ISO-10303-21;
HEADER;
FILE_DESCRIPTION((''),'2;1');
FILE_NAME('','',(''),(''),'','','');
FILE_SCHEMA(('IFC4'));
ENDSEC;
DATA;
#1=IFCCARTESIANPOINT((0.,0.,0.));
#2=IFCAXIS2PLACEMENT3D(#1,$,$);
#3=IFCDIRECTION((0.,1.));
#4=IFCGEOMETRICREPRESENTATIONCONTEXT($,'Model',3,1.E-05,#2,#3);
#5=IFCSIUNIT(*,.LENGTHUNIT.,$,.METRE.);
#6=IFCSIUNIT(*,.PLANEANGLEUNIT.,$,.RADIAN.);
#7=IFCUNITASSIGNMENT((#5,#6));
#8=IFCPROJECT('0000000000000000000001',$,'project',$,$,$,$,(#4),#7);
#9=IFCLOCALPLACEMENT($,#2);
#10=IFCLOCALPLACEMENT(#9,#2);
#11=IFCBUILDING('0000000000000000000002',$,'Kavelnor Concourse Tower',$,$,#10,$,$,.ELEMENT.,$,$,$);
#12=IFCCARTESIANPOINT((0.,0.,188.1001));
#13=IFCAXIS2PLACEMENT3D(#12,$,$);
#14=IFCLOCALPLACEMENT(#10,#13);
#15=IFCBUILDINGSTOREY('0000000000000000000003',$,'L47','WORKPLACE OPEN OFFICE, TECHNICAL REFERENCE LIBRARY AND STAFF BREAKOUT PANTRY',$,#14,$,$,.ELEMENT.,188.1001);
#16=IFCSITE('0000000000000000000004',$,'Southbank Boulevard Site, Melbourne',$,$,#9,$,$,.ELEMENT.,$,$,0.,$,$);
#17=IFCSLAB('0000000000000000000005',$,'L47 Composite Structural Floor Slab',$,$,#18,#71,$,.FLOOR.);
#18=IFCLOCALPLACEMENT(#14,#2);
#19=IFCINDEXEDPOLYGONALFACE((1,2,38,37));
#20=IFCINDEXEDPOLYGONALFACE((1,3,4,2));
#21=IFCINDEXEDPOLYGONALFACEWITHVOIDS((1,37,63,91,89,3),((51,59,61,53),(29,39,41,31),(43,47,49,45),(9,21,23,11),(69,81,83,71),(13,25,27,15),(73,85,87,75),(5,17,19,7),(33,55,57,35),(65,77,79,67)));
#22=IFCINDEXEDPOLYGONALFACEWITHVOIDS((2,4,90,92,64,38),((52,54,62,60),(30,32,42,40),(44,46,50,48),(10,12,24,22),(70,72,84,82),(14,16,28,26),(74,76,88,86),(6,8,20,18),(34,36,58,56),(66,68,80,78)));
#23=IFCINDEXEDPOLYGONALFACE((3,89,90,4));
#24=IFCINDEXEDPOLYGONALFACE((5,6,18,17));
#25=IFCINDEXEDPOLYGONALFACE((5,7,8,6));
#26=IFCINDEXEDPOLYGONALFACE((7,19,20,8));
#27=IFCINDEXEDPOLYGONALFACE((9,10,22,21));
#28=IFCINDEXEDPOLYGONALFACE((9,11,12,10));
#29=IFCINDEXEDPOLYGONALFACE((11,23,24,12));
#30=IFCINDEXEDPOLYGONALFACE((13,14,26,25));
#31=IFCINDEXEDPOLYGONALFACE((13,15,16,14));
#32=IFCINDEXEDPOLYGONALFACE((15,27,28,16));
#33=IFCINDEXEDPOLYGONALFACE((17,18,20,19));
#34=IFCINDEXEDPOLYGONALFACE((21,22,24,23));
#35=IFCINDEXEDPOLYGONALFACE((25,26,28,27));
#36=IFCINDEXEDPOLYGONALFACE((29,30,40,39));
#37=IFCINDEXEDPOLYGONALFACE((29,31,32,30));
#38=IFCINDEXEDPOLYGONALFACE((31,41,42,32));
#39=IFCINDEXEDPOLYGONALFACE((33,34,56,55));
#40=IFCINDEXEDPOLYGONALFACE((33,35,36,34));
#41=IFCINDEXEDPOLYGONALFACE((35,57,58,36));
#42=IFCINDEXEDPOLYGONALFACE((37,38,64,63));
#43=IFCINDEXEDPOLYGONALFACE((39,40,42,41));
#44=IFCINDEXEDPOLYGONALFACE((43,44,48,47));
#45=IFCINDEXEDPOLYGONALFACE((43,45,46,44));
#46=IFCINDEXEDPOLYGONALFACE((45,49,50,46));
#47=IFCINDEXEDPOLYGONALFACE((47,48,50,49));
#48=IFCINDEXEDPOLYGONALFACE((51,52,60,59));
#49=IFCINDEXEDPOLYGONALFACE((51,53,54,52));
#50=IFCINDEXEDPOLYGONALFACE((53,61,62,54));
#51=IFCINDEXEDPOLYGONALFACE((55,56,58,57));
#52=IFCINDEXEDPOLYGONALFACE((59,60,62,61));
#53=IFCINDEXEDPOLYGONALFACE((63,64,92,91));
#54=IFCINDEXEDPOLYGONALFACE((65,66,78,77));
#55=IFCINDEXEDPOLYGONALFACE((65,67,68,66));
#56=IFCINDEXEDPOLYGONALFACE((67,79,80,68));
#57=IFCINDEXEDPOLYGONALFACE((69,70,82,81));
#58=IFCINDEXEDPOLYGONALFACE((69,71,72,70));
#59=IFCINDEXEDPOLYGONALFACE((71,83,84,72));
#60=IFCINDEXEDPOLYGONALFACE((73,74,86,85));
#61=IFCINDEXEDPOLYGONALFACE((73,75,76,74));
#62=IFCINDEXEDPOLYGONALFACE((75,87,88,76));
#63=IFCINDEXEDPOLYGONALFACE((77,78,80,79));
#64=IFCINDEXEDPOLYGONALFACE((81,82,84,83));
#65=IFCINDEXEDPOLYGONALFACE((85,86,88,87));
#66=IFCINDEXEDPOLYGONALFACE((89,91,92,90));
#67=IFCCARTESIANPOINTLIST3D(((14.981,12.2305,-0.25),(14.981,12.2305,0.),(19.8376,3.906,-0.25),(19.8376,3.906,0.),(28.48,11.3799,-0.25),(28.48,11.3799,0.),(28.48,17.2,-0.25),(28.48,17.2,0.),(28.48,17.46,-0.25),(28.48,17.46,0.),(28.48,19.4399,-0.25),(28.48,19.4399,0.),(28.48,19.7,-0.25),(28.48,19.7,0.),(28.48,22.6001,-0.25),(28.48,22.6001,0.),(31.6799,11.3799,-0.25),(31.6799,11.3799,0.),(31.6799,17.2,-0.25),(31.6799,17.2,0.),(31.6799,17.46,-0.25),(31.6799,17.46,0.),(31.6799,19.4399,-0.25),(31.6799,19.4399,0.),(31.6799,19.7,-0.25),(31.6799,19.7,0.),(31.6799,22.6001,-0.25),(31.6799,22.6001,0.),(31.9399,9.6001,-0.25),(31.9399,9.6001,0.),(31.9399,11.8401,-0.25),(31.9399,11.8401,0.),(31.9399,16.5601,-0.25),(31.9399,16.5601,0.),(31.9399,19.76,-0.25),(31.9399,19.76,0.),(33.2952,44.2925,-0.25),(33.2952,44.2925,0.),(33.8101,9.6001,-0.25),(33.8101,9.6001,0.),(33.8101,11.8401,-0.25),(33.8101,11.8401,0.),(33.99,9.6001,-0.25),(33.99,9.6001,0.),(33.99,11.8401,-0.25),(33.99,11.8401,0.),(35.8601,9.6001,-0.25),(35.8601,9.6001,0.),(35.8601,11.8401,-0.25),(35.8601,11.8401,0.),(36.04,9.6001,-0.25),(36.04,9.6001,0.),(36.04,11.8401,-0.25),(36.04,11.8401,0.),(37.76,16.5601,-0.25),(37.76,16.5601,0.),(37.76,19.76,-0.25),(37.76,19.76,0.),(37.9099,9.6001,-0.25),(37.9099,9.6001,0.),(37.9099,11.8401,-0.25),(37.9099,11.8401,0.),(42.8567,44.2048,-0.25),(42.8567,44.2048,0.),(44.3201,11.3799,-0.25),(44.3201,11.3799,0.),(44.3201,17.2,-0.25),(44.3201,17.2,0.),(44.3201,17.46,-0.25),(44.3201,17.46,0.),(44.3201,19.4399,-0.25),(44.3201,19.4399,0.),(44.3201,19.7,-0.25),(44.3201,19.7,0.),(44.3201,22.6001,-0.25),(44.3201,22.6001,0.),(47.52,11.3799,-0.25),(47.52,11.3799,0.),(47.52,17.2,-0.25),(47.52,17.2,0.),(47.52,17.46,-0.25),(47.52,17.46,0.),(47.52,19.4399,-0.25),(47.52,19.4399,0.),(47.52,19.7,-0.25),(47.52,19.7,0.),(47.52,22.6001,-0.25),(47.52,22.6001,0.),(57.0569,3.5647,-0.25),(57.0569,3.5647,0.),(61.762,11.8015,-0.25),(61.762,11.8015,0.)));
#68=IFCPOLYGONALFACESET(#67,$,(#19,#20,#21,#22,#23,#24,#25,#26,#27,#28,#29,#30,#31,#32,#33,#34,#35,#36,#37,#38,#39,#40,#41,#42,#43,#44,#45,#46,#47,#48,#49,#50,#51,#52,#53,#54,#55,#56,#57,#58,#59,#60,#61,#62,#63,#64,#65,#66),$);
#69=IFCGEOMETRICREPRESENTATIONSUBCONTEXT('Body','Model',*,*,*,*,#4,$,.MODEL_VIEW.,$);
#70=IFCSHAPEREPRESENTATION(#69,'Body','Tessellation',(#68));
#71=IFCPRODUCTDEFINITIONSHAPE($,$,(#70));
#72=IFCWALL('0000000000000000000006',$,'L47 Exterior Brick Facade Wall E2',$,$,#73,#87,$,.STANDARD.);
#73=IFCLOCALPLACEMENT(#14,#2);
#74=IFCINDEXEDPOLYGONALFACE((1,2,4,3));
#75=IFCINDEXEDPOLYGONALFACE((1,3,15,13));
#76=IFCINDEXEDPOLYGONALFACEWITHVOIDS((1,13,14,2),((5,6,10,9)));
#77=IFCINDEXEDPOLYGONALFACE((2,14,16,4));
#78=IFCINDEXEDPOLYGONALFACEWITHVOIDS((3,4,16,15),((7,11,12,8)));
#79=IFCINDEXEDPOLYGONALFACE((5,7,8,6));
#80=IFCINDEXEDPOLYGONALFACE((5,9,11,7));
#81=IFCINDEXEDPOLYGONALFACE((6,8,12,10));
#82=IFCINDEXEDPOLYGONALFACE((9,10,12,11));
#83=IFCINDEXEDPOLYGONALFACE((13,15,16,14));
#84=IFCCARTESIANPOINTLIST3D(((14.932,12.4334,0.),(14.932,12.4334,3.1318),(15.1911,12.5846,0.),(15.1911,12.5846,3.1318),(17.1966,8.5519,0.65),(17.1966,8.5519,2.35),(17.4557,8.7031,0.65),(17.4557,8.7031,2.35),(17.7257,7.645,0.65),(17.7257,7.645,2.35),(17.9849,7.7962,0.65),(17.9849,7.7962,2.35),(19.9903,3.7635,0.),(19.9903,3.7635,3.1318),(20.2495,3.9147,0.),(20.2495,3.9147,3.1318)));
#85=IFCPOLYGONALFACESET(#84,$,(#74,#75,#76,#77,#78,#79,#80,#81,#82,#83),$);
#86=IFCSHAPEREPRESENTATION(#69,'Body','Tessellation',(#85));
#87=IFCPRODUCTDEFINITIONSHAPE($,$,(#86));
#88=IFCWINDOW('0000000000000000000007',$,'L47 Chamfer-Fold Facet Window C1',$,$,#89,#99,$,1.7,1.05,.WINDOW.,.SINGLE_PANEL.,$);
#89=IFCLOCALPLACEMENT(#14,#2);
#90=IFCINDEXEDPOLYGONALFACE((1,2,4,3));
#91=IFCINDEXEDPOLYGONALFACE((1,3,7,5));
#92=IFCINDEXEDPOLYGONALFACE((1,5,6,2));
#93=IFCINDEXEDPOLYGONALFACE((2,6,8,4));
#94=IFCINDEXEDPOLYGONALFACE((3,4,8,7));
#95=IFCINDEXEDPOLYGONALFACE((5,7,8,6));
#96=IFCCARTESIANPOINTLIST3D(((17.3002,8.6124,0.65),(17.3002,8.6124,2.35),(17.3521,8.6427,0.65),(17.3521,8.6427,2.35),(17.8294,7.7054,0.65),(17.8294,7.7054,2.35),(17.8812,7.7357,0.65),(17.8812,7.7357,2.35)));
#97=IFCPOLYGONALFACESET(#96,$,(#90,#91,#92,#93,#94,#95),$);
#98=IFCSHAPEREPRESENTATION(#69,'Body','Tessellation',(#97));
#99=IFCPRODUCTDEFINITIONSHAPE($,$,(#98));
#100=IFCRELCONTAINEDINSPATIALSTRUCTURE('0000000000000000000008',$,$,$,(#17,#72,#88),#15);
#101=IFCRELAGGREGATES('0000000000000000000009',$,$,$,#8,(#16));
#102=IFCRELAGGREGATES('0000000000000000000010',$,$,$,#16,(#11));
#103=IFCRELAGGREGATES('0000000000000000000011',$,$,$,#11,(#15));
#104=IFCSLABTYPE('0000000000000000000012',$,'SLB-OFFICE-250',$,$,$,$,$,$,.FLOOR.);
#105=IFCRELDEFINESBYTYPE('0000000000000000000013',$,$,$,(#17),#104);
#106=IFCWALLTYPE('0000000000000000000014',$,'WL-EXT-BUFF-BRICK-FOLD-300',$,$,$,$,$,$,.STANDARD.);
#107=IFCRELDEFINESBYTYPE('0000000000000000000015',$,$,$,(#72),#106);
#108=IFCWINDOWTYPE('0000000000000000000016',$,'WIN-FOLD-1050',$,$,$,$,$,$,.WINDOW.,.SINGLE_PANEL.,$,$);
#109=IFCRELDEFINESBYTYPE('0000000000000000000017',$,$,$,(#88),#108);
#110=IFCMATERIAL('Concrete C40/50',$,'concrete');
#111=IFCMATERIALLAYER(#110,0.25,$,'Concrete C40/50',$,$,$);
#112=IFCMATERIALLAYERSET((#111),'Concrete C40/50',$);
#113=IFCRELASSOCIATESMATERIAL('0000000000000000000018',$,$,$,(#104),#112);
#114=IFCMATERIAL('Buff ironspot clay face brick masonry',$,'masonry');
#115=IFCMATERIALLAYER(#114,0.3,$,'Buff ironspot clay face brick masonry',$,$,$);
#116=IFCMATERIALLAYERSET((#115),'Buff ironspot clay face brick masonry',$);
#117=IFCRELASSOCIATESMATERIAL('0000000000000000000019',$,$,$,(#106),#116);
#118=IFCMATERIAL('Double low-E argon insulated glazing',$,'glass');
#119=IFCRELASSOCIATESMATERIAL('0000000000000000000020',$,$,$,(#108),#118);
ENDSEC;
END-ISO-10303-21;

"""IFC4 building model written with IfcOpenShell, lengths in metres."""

from ifc_helpers import new_model, si_unit, direction, frame, frame_2d, origin, place, context, subcontext, project, spatial, polyline, rectangle, outline, extrude, material, layer, layer_set, type_object, element, fill, save


model = new_model("IFC4")

# Units and contexts
model_context = context("Model", 3, precision=1e-05, world=origin(), true_north=direction((0.0, 1.0)))
body_context = subcontext(model_context, "Body", "Model", "MODEL_VIEW")
ifc_project = project(units=[si_unit("LENGTHUNIT", "METRE"), si_unit("PLANEANGLEUNIT", "RADIAN")], contexts=[model_context])

# Site, building, storey
site_placement = place(None, origin())
site = spatial("IfcSite", under=ifc_project, at=site_placement, Name="Southbank Boulevard Site, Melbourne", CompositionType="ELEMENT", RefElevation=0.0)
building_placement = place(site_placement, origin())
building = spatial("IfcBuilding", under=site, at=building_placement, Name="Kavelnor Concourse Tower", CompositionType="ELEMENT")
storey_placement = place(building_placement, frame((0.0, 0.0, 188.1001)))
storey = spatial("IfcBuildingStorey", under=building, at=storey_placement, Name="L47", Description="WORKPLACE OPEN OFFICE, TECHNICAL REFERENCE LIBRARY AND STAFF BREAKOUT PANTRY", CompositionType="ELEMENT", Elevation=188.1001)

# Shared definitions
ifc_material_1 = material(Name="Concrete C40/50", Category="concrete")

# Slab
ifc_layer_1 = layer(ifc_material_1, 0.25, Name="Concrete C40/50")
ifc_layer_set_1 = layer_set([ifc_layer_1], Name="Concrete C40/50")
slab_type_1 = type_object("IfcSlabType", Name="SLB-OFFICE-250", PredefinedType="FLOOR", material=ifc_layer_set_1)
slab_1_placement = place(storey_placement, frame((0.0, 0.0, -0.25)))
element("IfcSlab", 1, at=slab_1_placement, inside=storey, type_object=slab_type_1, Name="L47 Composite Structural Floor Slab", PredefinedType="FLOOR", context=body_context, shape_type="SweptSolid", body=[
    extrude(outline(polyline([(42.8567, 44.2048), (33.2952, 44.2925), (14.981, 12.2305), (19.8376, 3.906), (57.0569, 3.5647), (61.762, 11.8015), (42.8567, 44.2048)]), holes=[polyline([(28.48, 11.3799), (31.6799, 11.3799), (31.6799, 17.2), (28.48, 17.2), (28.48, 11.3799)]), polyline([(44.3201, 11.3799), (47.52, 11.3799), (47.52, 17.2), (44.3201, 17.2), (44.3201, 11.3799)]), polyline([(31.9399, 16.5601), (37.76, 16.5601), (37.76, 19.76), (31.9399, 19.76), (31.9399, 16.5601)]), polyline([(28.48, 19.7), (31.6799, 19.7), (31.6799, 22.6001), (28.48, 22.6001), (28.48, 19.7)]), polyline([(44.3201, 19.7), (47.52, 19.7), (47.52, 22.6001), (44.3201, 22.6001), (44.3201, 19.7)]), polyline([(31.9399, 9.6001), (33.8101, 9.6001), (33.8101, 11.8401), (31.9399, 11.8401), (31.9399, 9.6001)]), polyline([(33.99, 9.6001), (35.8601, 9.6001), (35.8601, 11.8401), (33.99, 11.8401), (33.99, 9.6001)]), polyline([(36.04, 9.6001), (37.9099, 9.6001), (37.9099, 11.8401), (36.04, 11.8401), (36.04, 9.6001)]), polyline([(28.48, 17.46), (31.6799, 17.46), (31.6799, 19.4399), (28.48, 19.4399), (28.48, 17.46)]), polyline([(44.3201, 17.46), (47.52, 17.46), (47.52, 19.4399), (44.3201, 19.4399), (44.3201, 17.46)])]), origin(), (0.0, 0.0, 1.0), 0.25),
])

# Wall, opening, window
ifc_material_2 = material(Name="Buff ironspot clay face brick masonry", Category="masonry")
ifc_layer_2 = layer(ifc_material_2, 0.3, Name="Buff ironspot clay face brick masonry")
ifc_layer_set_2 = layer_set([ifc_layer_2], Name="Buff ironspot clay face brick masonry")
wall_type_1 = type_object("IfcWallType", Name="WL-EXT-BUFF-BRICK-FOLD-300", PredefinedType="STANDARD", material=ifc_layer_set_2)
wall_1_placement = place(storey_placement, frame((20.1199, 3.8391, 0.0), z_axis=(0.0, 0.0, 1.0), x_axis=(-0.503938, 0.86374, 0.0)))
wall_1 = element("IfcWall", 2, at=wall_1_placement, inside=storey, type_object=wall_type_1, Name="L47 Exterior Brick Facade Wall E2", PredefinedType="STANDARD", context=body_context, shape_type="SweptSolid", body=[
    extrude(rectangle(XDim=10.0376, YDim=0.3, at=frame_2d((5.0188, 0.0))), origin(), (0.0, 0.0, 1.0), 3.1318),
])
opening_1_placement = place(wall_1_placement, frame((4.4939, 0.0, 0.6499)))
opening_1 = element("IfcOpeningElement", 3, at=opening_1_placement, cuts=wall_1, PredefinedType="OPENING", context=body_context, shape_type="SweptSolid", body=[
    extrude(rectangle(XDim=1.05, YDim=1.7, at=frame_2d((0.5249, 0.8501))), frame((0.0, 0.1602, 0.0), z_axis=(0.0, -1.0, 0.0), x_axis=(1.0, 0.0, 0.0)), (0.0, 0.0, 1.0), 0.3201),
])
ifc_material_3 = material(Name="Double low-E argon insulated glazing", Category="glass")
window_type_1 = type_object("IfcWindowType", Name="WIN-FOLD-1050", PartitioningType="SINGLE_PANEL", PredefinedType="WINDOW", material=ifc_material_3)
window_1_placement = place(opening_1_placement, origin())
window_1 = element("IfcWindow", 4, at=window_1_placement, inside=storey, type_object=window_type_1, Name="L47 Chamfer-Fold Facet Window C1", OverallHeight=1.7, OverallWidth=1.05, PartitioningType="SINGLE_PANEL", PredefinedType="WINDOW", context=body_context, shape_type="SweptSolid", body=[
    extrude(rectangle(XDim=1.05, YDim=1.7, at=frame_2d((0.5249, 0.8501))), frame((0.0, 0.03, 0.0), z_axis=(0.0, -1.0, 0.0), x_axis=(1.0, 0.0, 0.0)), (0.0, 0.0, 1.0), 0.0601),
])
fill(opening_1, window_1)

save(model, "model.ifc")
